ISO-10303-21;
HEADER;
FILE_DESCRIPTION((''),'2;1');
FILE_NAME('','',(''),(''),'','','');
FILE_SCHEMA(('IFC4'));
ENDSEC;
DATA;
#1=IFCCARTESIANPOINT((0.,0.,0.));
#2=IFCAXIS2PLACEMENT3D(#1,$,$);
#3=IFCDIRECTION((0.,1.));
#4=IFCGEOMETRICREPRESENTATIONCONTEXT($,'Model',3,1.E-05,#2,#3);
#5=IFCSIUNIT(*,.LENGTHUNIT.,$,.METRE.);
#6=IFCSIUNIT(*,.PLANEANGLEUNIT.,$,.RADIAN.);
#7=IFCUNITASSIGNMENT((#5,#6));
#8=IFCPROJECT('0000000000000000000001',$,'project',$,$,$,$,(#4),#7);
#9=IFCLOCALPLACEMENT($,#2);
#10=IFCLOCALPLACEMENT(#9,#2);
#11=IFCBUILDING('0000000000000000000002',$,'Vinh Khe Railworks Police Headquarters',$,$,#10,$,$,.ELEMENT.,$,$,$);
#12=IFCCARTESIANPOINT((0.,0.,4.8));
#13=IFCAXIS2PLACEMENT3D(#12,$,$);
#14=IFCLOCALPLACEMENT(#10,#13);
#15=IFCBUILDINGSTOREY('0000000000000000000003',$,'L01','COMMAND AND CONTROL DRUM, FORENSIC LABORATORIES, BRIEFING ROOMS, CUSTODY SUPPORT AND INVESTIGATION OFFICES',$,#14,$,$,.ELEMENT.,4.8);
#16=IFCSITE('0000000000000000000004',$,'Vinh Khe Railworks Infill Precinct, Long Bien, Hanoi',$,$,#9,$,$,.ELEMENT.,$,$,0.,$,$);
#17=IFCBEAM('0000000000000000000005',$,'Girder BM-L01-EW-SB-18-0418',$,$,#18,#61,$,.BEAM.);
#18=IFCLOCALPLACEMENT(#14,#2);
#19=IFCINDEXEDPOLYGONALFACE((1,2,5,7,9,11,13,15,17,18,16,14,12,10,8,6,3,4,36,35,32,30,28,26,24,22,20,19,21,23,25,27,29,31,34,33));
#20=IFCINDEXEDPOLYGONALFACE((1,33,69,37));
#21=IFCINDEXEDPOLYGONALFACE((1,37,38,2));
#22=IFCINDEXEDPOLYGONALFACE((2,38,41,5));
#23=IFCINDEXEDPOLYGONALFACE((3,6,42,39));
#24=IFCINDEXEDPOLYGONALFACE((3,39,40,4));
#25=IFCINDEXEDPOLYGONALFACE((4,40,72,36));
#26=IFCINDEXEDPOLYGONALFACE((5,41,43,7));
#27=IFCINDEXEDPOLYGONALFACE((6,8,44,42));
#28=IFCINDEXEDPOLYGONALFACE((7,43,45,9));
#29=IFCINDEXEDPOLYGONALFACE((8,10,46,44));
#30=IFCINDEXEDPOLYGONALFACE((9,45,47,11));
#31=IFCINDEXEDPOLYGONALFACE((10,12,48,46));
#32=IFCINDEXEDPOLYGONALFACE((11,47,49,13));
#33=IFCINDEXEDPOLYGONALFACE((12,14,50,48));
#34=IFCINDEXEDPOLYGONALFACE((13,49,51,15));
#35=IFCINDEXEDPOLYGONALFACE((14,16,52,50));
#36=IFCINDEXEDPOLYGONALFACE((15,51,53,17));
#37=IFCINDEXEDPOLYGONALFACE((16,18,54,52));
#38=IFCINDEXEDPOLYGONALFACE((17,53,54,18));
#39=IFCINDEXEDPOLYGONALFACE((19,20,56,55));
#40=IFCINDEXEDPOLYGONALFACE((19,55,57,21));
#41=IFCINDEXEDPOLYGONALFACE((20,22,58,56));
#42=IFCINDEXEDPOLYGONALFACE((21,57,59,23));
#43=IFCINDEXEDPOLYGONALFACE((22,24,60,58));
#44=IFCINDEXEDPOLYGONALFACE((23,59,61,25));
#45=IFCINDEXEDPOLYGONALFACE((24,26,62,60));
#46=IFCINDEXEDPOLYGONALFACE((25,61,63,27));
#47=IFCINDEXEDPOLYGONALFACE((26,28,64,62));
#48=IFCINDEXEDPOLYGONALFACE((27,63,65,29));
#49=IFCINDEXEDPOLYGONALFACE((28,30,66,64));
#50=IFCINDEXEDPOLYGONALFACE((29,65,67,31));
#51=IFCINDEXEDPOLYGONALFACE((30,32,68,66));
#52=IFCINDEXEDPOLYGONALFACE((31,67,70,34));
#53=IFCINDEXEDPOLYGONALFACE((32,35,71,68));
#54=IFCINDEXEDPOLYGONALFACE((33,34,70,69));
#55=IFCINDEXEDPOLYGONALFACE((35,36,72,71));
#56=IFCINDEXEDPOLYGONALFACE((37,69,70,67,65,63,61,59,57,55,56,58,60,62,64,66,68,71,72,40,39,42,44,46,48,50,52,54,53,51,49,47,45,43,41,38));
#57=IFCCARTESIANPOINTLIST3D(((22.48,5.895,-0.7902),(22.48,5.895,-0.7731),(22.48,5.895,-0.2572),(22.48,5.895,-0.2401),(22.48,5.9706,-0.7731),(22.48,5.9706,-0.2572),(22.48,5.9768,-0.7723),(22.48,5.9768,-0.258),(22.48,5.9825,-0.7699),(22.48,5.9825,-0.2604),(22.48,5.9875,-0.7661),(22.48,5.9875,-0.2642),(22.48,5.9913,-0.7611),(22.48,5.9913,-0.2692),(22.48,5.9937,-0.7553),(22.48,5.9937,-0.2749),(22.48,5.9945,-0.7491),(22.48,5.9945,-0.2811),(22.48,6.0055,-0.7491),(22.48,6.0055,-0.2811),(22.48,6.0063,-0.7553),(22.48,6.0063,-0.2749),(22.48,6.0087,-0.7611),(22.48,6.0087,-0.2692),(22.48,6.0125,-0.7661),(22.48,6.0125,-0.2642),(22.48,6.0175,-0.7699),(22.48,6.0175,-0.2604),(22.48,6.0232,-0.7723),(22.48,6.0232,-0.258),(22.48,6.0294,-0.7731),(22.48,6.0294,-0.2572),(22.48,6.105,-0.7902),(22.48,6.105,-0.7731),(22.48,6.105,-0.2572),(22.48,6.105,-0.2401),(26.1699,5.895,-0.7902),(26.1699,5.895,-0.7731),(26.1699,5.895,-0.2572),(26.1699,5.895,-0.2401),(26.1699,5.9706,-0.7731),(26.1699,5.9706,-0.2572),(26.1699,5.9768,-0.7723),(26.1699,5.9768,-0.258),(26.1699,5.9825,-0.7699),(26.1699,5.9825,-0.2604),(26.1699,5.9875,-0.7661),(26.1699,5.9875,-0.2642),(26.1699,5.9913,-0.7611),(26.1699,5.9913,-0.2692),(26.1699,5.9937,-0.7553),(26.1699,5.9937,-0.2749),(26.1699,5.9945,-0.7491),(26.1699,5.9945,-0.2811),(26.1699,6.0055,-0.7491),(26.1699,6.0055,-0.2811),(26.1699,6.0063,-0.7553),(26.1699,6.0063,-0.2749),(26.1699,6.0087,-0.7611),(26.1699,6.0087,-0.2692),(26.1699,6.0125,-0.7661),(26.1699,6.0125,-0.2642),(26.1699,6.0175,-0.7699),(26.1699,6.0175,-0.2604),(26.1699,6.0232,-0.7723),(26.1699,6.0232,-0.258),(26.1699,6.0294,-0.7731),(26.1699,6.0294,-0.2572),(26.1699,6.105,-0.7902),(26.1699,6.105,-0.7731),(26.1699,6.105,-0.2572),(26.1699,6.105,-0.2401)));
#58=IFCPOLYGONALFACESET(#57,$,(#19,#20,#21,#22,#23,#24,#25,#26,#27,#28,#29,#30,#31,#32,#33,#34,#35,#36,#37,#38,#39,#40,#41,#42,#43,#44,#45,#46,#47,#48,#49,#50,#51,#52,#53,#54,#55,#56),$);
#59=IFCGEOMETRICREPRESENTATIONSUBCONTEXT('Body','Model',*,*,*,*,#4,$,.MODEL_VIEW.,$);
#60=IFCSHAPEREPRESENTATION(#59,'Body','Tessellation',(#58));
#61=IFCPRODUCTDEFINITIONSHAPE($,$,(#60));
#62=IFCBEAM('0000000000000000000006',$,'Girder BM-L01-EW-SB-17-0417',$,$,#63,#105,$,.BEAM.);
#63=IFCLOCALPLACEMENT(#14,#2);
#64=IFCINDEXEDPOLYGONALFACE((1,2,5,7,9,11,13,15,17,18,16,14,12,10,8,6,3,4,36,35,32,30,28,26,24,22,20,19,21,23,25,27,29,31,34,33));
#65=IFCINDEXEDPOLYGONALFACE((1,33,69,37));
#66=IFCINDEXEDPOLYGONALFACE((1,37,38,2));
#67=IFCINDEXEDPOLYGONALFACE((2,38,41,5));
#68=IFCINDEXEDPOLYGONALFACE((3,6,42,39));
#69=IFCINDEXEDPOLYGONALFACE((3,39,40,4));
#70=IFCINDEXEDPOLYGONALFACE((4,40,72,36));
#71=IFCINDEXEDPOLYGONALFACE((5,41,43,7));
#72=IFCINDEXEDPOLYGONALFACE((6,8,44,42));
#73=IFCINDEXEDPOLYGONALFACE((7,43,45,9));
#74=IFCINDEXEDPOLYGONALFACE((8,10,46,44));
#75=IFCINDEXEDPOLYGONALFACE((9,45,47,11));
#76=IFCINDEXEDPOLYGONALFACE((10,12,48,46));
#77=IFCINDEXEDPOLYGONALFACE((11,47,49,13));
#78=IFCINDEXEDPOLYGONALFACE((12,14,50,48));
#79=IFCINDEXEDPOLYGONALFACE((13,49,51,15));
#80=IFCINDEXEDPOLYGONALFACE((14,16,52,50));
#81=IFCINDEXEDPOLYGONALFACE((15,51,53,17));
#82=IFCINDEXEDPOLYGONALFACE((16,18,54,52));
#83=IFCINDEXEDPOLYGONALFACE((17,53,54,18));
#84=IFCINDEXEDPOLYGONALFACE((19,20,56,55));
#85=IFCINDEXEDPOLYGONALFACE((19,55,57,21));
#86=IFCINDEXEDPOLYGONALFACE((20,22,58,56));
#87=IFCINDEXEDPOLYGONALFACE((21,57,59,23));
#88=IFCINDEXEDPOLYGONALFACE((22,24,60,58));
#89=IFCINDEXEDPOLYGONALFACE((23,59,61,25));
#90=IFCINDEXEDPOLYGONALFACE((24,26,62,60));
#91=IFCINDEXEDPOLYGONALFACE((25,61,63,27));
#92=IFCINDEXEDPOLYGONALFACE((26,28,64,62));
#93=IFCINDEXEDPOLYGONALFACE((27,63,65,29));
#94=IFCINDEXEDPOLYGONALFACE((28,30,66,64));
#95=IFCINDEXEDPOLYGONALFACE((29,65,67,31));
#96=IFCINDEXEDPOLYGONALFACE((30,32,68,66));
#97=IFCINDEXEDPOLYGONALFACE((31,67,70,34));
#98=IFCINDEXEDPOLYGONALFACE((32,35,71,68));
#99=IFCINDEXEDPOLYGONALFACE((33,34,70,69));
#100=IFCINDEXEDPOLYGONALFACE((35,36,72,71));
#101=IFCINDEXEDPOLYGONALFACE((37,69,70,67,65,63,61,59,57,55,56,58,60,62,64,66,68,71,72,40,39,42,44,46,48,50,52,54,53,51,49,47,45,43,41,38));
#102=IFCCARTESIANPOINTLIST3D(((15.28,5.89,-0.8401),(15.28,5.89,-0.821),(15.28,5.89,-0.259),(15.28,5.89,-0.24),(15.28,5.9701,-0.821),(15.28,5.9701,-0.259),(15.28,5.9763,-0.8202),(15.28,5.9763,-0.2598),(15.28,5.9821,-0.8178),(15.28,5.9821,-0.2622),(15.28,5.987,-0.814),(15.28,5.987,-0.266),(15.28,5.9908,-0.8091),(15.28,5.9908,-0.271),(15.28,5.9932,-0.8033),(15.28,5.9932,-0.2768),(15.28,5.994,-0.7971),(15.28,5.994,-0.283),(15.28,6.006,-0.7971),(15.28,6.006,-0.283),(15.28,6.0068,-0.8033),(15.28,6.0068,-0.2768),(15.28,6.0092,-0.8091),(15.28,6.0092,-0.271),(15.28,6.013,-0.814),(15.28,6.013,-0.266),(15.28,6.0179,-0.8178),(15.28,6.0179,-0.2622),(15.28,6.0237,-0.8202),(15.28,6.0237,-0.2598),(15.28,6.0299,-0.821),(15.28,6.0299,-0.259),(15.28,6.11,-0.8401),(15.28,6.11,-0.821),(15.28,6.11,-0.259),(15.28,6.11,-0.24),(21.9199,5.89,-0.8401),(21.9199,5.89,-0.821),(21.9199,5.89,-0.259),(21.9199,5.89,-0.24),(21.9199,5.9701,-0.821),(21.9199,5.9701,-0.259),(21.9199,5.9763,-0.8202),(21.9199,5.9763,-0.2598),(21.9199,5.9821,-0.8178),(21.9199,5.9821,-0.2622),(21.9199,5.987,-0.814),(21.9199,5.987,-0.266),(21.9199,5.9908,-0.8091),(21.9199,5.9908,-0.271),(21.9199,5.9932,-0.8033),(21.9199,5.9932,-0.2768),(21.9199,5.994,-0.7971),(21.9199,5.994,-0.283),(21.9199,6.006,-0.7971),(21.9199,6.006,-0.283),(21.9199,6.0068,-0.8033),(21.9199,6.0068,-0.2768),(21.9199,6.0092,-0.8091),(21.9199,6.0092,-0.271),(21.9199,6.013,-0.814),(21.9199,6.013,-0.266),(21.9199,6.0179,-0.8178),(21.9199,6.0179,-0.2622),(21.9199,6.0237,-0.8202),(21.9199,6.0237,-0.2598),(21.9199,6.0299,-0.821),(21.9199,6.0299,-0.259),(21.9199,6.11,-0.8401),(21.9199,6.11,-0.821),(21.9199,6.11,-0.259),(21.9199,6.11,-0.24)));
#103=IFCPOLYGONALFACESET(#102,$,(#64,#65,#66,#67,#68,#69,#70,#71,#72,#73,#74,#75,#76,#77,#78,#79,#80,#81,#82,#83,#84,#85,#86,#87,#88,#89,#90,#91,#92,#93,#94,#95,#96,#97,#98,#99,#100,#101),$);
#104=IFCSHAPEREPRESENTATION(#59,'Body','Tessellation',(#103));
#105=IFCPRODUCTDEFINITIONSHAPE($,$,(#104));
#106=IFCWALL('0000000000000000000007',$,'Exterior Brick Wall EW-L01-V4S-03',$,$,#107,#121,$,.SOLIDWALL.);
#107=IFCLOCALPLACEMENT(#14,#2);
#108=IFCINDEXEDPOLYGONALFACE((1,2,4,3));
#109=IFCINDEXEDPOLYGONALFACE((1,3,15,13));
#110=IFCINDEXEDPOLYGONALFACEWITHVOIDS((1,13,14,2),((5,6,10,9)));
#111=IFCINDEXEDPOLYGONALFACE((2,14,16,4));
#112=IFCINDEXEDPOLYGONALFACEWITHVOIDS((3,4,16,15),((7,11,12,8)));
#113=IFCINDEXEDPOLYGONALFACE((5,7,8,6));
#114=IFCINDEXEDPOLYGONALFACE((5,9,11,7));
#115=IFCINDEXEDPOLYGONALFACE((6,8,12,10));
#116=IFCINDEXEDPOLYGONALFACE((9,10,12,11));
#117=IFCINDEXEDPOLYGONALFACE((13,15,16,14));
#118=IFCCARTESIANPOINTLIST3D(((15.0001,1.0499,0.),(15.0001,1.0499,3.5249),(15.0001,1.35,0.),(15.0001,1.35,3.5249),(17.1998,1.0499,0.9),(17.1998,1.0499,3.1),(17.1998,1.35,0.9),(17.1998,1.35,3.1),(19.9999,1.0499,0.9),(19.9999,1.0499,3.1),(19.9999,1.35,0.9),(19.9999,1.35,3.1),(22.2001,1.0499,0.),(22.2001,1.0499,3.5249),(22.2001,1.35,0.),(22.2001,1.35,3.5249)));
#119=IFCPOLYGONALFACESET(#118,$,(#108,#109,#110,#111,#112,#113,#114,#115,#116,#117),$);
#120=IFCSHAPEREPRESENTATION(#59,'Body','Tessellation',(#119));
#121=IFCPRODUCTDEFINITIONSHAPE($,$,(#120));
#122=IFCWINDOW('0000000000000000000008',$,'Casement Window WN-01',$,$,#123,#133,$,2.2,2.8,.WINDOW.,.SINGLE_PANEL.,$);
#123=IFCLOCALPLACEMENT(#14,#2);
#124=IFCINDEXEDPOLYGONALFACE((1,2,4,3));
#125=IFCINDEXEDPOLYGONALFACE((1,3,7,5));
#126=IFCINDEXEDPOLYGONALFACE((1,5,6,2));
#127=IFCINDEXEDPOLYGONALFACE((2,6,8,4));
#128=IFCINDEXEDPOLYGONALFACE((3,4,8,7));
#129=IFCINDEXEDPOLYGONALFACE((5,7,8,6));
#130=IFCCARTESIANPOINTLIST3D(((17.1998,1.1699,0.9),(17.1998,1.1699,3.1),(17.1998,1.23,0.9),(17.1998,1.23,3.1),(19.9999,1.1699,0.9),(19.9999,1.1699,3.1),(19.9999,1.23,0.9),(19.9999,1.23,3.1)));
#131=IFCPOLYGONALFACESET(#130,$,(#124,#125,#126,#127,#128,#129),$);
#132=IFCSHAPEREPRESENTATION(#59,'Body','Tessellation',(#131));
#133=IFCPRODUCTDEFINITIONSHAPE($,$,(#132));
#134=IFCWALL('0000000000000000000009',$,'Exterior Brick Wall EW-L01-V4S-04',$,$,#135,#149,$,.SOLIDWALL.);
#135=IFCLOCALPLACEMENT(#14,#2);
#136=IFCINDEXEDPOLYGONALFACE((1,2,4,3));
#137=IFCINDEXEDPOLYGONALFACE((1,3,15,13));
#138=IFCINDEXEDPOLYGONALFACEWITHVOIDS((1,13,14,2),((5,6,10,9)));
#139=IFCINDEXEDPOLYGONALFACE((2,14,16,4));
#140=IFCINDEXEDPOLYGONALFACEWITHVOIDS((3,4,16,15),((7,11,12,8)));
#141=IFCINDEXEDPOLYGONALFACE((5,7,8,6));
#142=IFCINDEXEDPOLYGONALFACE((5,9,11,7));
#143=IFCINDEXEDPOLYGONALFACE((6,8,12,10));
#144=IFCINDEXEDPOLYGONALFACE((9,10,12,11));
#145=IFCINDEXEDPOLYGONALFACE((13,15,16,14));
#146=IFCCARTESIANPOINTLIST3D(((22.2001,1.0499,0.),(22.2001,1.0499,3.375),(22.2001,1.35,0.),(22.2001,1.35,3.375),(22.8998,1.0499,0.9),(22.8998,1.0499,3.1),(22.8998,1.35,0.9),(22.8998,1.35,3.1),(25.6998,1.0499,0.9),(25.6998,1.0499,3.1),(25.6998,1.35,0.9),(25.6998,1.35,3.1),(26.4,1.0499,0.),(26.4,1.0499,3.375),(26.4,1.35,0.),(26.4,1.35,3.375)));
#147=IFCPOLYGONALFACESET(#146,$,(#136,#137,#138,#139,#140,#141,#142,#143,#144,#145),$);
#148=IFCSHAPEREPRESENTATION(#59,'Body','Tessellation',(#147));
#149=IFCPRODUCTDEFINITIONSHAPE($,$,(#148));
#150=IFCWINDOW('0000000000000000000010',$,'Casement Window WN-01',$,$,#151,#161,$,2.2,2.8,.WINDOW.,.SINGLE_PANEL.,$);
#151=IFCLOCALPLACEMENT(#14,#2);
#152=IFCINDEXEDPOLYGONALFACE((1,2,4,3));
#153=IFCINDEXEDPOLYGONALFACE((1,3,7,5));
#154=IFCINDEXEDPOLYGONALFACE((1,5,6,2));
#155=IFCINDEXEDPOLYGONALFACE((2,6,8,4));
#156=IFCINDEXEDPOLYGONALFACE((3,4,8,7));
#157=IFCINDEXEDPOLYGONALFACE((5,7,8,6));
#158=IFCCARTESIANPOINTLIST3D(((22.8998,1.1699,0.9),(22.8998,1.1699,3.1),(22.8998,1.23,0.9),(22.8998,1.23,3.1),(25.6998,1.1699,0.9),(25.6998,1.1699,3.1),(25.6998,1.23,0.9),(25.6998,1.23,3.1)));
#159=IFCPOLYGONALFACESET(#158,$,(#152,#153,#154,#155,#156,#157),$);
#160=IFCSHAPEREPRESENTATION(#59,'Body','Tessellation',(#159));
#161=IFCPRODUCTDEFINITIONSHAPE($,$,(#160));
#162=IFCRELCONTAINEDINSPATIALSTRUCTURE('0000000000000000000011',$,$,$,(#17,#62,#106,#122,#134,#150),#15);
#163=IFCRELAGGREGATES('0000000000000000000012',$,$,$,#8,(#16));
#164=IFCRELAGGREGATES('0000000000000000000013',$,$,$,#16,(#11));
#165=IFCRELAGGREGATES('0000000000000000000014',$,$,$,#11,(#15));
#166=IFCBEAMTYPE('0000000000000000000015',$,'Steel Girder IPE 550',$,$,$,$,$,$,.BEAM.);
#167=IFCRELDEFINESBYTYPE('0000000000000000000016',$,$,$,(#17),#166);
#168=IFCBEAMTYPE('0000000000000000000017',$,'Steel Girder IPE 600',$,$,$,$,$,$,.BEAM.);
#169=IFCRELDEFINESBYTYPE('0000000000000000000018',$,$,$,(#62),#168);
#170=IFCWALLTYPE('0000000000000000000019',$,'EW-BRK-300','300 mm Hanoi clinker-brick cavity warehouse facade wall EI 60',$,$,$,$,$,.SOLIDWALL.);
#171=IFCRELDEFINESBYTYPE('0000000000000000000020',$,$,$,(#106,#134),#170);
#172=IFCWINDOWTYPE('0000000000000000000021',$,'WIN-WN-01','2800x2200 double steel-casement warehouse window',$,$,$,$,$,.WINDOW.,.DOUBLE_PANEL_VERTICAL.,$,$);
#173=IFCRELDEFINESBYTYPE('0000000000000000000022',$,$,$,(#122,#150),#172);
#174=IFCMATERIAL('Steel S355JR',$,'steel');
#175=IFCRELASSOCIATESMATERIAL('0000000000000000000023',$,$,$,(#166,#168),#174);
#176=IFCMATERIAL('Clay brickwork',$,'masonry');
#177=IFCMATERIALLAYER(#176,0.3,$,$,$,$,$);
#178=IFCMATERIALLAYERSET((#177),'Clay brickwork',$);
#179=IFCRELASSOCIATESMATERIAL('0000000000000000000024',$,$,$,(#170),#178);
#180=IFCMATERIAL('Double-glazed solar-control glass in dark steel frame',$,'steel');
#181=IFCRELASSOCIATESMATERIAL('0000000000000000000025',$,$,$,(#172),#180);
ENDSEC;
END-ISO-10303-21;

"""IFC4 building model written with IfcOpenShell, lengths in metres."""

from ifc_helpers import new_model, si_unit, direction, frame, frame_2d, origin, origin_2d, place, context, subcontext, project, spatial, rectangle, i_section, extrude, material, layer, layer_set, material_profile, profile_set, type_object, element, fill, save


model = new_model("IFC4")

# Units and contexts
model_context = context("Model", 3, precision=1e-05, world=origin(), true_north=direction((0.0, 1.0)))
body_context = subcontext(model_context, "Body", "Model", "MODEL_VIEW")
ifc_project = project(units=[si_unit("LENGTHUNIT", "METRE"), si_unit("PLANEANGLEUNIT", "RADIAN")], contexts=[model_context])

# Site, building, storey
site_placement = place(None, origin())
site = spatial("IfcSite", under=ifc_project, at=site_placement, Name="Vinh Khe Railworks Infill Precinct, Long Bien, Hanoi", CompositionType="ELEMENT", RefElevation=0.0)
building_placement = place(site_placement, origin())
building = spatial("IfcBuilding", under=site, at=building_placement, Name="Vinh Khe Railworks Police Headquarters", CompositionType="ELEMENT")
storey_placement = place(building_placement, frame((0.0, 0.0, 4.8)))
storey = spatial("IfcBuildingStorey", under=building, at=storey_placement, Name="L01", Description="COMMAND AND CONTROL DRUM, FORENSIC LABORATORIES, BRIEFING ROOMS, CUSTODY SUPPORT AND INVESTIGATION OFFICES", CompositionType="ELEMENT", Elevation=4.8)

# Shared definitions
ifc_material_1 = material(Name="Steel S355JR", Category="steel")

# Beams
ifc_material_profile_1 = material_profile(ifc_material_1, i_section(OverallWidth=0.21, OverallDepth=0.55, WebThickness=0.011, FlangeThickness=0.0171, FilletRadius=0.0239, at=origin_2d()), Name="IPE 550")
ifc_profile_set_1 = profile_set([ifc_material_profile_1], Name="Steel S355JR")
beam_type_1 = type_object("IfcBeamType", Name="Steel Girder IPE 550", PredefinedType="BEAM", material=ifc_profile_set_1)
beam_1_placement = place(storey_placement, frame((22.48, 6.0, -0.5151), z_axis=(1.0, 0.0, 0.0), x_axis=(0.0, 1.0, 0.0)))
element("IfcBeam", 1, at=beam_1_placement, inside=storey, type_object=beam_type_1, Name="Girder BM-L01-EW-SB-18-0418", PredefinedType="BEAM", context=body_context, shape_type="SweptSolid", body=[
    extrude(i_section(OverallWidth=0.21, OverallDepth=0.55, WebThickness=0.011, FlangeThickness=0.0171, FilletRadius=0.0239, at=origin_2d()), origin(), (0.0, 0.0, 1.0), 3.6899),
])
ifc_material_profile_2 = material_profile(ifc_material_1, i_section(OverallWidth=0.22, OverallDepth=0.6001, WebThickness=0.012, FlangeThickness=0.019, FilletRadius=0.0239, at=origin_2d()), Name="IPE 600")
ifc_profile_set_2 = profile_set([ifc_material_profile_2], Name="Steel S355JR")
beam_type_2 = type_object("IfcBeamType", Name="Steel Girder IPE 600", PredefinedType="BEAM", material=ifc_profile_set_2)
beam_2_placement = place(storey_placement, frame((15.28, 6.0, -0.54), z_axis=(1.0, 0.0, 0.0), x_axis=(0.0, 1.0, 0.0)))
element("IfcBeam", 2, at=beam_2_placement, inside=storey, type_object=beam_type_2, Name="Girder BM-L01-EW-SB-17-0417", PredefinedType="BEAM", context=body_context, shape_type="SweptSolid", body=[
    extrude(i_section(OverallWidth=0.22, OverallDepth=0.6001, WebThickness=0.012, FlangeThickness=0.019, FilletRadius=0.0239, at=origin_2d()), origin(), (0.0, 0.0, 1.0), 6.6399),
])

# Walls, openings, windows
ifc_material_2 = material(Name="Clay brickwork", Category="masonry")
ifc_layer = layer(ifc_material_2, 0.3)
ifc_layer_set = layer_set([ifc_layer], Name="Clay brickwork")
wall_type = type_object("IfcWallType", Name="EW-BRK-300", Description="300 mm Hanoi clinker-brick cavity warehouse facade wall EI 60", PredefinedType="SOLIDWALL", material=ifc_layer_set)
wall_1_placement = place(storey_placement, frame((15.0, 1.2, 0.0), z_axis=(0.0, 0.0, 1.0), x_axis=(1.0, 0.0, 0.0)))
wall_1 = element("IfcWall", 3, at=wall_1_placement, inside=storey, type_object=wall_type, Name="Exterior Brick Wall EW-L01-V4S-03", PredefinedType="SOLIDWALL", context=body_context, shape_type="SweptSolid", body=[
    extrude(rectangle(XDim=7.2, YDim=0.3, at=frame_2d((3.6001, 0.0))), origin(), (0.0, 0.0, 1.0), 3.5249),
])
opening_1_placement = place(wall_1_placement, frame((2.2, 0.0, 0.8999)))
opening_1 = element("IfcOpeningElement", 4, at=opening_1_placement, cuts=wall_1, PredefinedType="OPENING", context=body_context, shape_type="SweptSolid", body=[
    extrude(rectangle(XDim=2.8, YDim=2.2, at=frame_2d((1.3999, 1.1001))), frame((0.0, 0.165, 0.0), z_axis=(0.0, -1.0, 0.0), x_axis=(1.0, 0.0, 0.0)), (0.0, 0.0, 1.0), 0.3298),
])
ifc_material_3 = material(Name="Double-glazed solar-control glass in dark steel frame", Category="steel")
window_type = type_object("IfcWindowType", Name="WIN-WN-01", Description="2800x2200 double steel-casement warehouse window", PartitioningType="DOUBLE_PANEL_VERTICAL", PredefinedType="WINDOW", material=ifc_material_3)
window_1_placement = place(opening_1_placement, origin())
window_1 = element("IfcWindow", 5, at=window_1_placement, inside=storey, type_object=window_type, Name="Casement Window WN-01", OverallHeight=2.2, OverallWidth=2.8, PartitioningType="SINGLE_PANEL", PredefinedType="WINDOW", context=body_context, shape_type="SweptSolid", body=[
    extrude(rectangle(XDim=2.8, YDim=2.2, at=frame_2d((1.3999, 1.1001))), frame((0.0, 0.03, 0.0), z_axis=(0.0, -1.0, 0.0), x_axis=(1.0, 0.0, 0.0)), (0.0, 0.0, 1.0), 0.0601),
])
fill(opening_1, window_1)
wall_2_placement = place(storey_placement, frame((22.2, 1.2, 0.0), z_axis=(0.0, 0.0, 1.0), x_axis=(1.0, 0.0, 0.0)))
wall_2 = element("IfcWall", 6, at=wall_2_placement, inside=storey, type_object=wall_type, Name="Exterior Brick Wall EW-L01-V4S-04", PredefinedType="SOLIDWALL", context=body_context, shape_type="SweptSolid", body=[
    extrude(rectangle(XDim=4.2, YDim=0.3, at=frame_2d((2.1001, 0.0))), origin(), (0.0, 0.0, 1.0), 3.375),
])
opening_2_placement = place(wall_2_placement, frame((0.7, 0.0, 0.8999)))
opening_2 = element("IfcOpeningElement", 7, at=opening_2_placement, cuts=wall_2, PredefinedType="OPENING", context=body_context, shape_type="SweptSolid", body=[
    extrude(rectangle(XDim=2.8, YDim=2.2, at=frame_2d((1.3999, 1.1001))), frame((0.0, 0.165, 0.0), z_axis=(0.0, -1.0, 0.0), x_axis=(1.0, 0.0, 0.0)), (0.0, 0.0, 1.0), 0.3298),
])
window_2_placement = place(opening_2_placement, origin())
window_2 = element("IfcWindow", 8, at=window_2_placement, inside=storey, type_object=window_type, Name="Casement Window WN-01", OverallHeight=2.2, OverallWidth=2.8, PartitioningType="SINGLE_PANEL", PredefinedType="WINDOW", context=body_context, shape_type="SweptSolid", body=[
    extrude(rectangle(XDim=2.8, YDim=2.2, at=frame_2d((1.3999, 1.1001))), frame((0.0, 0.03, 0.0), z_axis=(0.0, -1.0, 0.0), x_axis=(1.0, 0.0, 0.0)), (0.0, 0.0, 1.0), 0.0601),
])
fill(opening_2, window_2)

save(model, "model.ifc")
